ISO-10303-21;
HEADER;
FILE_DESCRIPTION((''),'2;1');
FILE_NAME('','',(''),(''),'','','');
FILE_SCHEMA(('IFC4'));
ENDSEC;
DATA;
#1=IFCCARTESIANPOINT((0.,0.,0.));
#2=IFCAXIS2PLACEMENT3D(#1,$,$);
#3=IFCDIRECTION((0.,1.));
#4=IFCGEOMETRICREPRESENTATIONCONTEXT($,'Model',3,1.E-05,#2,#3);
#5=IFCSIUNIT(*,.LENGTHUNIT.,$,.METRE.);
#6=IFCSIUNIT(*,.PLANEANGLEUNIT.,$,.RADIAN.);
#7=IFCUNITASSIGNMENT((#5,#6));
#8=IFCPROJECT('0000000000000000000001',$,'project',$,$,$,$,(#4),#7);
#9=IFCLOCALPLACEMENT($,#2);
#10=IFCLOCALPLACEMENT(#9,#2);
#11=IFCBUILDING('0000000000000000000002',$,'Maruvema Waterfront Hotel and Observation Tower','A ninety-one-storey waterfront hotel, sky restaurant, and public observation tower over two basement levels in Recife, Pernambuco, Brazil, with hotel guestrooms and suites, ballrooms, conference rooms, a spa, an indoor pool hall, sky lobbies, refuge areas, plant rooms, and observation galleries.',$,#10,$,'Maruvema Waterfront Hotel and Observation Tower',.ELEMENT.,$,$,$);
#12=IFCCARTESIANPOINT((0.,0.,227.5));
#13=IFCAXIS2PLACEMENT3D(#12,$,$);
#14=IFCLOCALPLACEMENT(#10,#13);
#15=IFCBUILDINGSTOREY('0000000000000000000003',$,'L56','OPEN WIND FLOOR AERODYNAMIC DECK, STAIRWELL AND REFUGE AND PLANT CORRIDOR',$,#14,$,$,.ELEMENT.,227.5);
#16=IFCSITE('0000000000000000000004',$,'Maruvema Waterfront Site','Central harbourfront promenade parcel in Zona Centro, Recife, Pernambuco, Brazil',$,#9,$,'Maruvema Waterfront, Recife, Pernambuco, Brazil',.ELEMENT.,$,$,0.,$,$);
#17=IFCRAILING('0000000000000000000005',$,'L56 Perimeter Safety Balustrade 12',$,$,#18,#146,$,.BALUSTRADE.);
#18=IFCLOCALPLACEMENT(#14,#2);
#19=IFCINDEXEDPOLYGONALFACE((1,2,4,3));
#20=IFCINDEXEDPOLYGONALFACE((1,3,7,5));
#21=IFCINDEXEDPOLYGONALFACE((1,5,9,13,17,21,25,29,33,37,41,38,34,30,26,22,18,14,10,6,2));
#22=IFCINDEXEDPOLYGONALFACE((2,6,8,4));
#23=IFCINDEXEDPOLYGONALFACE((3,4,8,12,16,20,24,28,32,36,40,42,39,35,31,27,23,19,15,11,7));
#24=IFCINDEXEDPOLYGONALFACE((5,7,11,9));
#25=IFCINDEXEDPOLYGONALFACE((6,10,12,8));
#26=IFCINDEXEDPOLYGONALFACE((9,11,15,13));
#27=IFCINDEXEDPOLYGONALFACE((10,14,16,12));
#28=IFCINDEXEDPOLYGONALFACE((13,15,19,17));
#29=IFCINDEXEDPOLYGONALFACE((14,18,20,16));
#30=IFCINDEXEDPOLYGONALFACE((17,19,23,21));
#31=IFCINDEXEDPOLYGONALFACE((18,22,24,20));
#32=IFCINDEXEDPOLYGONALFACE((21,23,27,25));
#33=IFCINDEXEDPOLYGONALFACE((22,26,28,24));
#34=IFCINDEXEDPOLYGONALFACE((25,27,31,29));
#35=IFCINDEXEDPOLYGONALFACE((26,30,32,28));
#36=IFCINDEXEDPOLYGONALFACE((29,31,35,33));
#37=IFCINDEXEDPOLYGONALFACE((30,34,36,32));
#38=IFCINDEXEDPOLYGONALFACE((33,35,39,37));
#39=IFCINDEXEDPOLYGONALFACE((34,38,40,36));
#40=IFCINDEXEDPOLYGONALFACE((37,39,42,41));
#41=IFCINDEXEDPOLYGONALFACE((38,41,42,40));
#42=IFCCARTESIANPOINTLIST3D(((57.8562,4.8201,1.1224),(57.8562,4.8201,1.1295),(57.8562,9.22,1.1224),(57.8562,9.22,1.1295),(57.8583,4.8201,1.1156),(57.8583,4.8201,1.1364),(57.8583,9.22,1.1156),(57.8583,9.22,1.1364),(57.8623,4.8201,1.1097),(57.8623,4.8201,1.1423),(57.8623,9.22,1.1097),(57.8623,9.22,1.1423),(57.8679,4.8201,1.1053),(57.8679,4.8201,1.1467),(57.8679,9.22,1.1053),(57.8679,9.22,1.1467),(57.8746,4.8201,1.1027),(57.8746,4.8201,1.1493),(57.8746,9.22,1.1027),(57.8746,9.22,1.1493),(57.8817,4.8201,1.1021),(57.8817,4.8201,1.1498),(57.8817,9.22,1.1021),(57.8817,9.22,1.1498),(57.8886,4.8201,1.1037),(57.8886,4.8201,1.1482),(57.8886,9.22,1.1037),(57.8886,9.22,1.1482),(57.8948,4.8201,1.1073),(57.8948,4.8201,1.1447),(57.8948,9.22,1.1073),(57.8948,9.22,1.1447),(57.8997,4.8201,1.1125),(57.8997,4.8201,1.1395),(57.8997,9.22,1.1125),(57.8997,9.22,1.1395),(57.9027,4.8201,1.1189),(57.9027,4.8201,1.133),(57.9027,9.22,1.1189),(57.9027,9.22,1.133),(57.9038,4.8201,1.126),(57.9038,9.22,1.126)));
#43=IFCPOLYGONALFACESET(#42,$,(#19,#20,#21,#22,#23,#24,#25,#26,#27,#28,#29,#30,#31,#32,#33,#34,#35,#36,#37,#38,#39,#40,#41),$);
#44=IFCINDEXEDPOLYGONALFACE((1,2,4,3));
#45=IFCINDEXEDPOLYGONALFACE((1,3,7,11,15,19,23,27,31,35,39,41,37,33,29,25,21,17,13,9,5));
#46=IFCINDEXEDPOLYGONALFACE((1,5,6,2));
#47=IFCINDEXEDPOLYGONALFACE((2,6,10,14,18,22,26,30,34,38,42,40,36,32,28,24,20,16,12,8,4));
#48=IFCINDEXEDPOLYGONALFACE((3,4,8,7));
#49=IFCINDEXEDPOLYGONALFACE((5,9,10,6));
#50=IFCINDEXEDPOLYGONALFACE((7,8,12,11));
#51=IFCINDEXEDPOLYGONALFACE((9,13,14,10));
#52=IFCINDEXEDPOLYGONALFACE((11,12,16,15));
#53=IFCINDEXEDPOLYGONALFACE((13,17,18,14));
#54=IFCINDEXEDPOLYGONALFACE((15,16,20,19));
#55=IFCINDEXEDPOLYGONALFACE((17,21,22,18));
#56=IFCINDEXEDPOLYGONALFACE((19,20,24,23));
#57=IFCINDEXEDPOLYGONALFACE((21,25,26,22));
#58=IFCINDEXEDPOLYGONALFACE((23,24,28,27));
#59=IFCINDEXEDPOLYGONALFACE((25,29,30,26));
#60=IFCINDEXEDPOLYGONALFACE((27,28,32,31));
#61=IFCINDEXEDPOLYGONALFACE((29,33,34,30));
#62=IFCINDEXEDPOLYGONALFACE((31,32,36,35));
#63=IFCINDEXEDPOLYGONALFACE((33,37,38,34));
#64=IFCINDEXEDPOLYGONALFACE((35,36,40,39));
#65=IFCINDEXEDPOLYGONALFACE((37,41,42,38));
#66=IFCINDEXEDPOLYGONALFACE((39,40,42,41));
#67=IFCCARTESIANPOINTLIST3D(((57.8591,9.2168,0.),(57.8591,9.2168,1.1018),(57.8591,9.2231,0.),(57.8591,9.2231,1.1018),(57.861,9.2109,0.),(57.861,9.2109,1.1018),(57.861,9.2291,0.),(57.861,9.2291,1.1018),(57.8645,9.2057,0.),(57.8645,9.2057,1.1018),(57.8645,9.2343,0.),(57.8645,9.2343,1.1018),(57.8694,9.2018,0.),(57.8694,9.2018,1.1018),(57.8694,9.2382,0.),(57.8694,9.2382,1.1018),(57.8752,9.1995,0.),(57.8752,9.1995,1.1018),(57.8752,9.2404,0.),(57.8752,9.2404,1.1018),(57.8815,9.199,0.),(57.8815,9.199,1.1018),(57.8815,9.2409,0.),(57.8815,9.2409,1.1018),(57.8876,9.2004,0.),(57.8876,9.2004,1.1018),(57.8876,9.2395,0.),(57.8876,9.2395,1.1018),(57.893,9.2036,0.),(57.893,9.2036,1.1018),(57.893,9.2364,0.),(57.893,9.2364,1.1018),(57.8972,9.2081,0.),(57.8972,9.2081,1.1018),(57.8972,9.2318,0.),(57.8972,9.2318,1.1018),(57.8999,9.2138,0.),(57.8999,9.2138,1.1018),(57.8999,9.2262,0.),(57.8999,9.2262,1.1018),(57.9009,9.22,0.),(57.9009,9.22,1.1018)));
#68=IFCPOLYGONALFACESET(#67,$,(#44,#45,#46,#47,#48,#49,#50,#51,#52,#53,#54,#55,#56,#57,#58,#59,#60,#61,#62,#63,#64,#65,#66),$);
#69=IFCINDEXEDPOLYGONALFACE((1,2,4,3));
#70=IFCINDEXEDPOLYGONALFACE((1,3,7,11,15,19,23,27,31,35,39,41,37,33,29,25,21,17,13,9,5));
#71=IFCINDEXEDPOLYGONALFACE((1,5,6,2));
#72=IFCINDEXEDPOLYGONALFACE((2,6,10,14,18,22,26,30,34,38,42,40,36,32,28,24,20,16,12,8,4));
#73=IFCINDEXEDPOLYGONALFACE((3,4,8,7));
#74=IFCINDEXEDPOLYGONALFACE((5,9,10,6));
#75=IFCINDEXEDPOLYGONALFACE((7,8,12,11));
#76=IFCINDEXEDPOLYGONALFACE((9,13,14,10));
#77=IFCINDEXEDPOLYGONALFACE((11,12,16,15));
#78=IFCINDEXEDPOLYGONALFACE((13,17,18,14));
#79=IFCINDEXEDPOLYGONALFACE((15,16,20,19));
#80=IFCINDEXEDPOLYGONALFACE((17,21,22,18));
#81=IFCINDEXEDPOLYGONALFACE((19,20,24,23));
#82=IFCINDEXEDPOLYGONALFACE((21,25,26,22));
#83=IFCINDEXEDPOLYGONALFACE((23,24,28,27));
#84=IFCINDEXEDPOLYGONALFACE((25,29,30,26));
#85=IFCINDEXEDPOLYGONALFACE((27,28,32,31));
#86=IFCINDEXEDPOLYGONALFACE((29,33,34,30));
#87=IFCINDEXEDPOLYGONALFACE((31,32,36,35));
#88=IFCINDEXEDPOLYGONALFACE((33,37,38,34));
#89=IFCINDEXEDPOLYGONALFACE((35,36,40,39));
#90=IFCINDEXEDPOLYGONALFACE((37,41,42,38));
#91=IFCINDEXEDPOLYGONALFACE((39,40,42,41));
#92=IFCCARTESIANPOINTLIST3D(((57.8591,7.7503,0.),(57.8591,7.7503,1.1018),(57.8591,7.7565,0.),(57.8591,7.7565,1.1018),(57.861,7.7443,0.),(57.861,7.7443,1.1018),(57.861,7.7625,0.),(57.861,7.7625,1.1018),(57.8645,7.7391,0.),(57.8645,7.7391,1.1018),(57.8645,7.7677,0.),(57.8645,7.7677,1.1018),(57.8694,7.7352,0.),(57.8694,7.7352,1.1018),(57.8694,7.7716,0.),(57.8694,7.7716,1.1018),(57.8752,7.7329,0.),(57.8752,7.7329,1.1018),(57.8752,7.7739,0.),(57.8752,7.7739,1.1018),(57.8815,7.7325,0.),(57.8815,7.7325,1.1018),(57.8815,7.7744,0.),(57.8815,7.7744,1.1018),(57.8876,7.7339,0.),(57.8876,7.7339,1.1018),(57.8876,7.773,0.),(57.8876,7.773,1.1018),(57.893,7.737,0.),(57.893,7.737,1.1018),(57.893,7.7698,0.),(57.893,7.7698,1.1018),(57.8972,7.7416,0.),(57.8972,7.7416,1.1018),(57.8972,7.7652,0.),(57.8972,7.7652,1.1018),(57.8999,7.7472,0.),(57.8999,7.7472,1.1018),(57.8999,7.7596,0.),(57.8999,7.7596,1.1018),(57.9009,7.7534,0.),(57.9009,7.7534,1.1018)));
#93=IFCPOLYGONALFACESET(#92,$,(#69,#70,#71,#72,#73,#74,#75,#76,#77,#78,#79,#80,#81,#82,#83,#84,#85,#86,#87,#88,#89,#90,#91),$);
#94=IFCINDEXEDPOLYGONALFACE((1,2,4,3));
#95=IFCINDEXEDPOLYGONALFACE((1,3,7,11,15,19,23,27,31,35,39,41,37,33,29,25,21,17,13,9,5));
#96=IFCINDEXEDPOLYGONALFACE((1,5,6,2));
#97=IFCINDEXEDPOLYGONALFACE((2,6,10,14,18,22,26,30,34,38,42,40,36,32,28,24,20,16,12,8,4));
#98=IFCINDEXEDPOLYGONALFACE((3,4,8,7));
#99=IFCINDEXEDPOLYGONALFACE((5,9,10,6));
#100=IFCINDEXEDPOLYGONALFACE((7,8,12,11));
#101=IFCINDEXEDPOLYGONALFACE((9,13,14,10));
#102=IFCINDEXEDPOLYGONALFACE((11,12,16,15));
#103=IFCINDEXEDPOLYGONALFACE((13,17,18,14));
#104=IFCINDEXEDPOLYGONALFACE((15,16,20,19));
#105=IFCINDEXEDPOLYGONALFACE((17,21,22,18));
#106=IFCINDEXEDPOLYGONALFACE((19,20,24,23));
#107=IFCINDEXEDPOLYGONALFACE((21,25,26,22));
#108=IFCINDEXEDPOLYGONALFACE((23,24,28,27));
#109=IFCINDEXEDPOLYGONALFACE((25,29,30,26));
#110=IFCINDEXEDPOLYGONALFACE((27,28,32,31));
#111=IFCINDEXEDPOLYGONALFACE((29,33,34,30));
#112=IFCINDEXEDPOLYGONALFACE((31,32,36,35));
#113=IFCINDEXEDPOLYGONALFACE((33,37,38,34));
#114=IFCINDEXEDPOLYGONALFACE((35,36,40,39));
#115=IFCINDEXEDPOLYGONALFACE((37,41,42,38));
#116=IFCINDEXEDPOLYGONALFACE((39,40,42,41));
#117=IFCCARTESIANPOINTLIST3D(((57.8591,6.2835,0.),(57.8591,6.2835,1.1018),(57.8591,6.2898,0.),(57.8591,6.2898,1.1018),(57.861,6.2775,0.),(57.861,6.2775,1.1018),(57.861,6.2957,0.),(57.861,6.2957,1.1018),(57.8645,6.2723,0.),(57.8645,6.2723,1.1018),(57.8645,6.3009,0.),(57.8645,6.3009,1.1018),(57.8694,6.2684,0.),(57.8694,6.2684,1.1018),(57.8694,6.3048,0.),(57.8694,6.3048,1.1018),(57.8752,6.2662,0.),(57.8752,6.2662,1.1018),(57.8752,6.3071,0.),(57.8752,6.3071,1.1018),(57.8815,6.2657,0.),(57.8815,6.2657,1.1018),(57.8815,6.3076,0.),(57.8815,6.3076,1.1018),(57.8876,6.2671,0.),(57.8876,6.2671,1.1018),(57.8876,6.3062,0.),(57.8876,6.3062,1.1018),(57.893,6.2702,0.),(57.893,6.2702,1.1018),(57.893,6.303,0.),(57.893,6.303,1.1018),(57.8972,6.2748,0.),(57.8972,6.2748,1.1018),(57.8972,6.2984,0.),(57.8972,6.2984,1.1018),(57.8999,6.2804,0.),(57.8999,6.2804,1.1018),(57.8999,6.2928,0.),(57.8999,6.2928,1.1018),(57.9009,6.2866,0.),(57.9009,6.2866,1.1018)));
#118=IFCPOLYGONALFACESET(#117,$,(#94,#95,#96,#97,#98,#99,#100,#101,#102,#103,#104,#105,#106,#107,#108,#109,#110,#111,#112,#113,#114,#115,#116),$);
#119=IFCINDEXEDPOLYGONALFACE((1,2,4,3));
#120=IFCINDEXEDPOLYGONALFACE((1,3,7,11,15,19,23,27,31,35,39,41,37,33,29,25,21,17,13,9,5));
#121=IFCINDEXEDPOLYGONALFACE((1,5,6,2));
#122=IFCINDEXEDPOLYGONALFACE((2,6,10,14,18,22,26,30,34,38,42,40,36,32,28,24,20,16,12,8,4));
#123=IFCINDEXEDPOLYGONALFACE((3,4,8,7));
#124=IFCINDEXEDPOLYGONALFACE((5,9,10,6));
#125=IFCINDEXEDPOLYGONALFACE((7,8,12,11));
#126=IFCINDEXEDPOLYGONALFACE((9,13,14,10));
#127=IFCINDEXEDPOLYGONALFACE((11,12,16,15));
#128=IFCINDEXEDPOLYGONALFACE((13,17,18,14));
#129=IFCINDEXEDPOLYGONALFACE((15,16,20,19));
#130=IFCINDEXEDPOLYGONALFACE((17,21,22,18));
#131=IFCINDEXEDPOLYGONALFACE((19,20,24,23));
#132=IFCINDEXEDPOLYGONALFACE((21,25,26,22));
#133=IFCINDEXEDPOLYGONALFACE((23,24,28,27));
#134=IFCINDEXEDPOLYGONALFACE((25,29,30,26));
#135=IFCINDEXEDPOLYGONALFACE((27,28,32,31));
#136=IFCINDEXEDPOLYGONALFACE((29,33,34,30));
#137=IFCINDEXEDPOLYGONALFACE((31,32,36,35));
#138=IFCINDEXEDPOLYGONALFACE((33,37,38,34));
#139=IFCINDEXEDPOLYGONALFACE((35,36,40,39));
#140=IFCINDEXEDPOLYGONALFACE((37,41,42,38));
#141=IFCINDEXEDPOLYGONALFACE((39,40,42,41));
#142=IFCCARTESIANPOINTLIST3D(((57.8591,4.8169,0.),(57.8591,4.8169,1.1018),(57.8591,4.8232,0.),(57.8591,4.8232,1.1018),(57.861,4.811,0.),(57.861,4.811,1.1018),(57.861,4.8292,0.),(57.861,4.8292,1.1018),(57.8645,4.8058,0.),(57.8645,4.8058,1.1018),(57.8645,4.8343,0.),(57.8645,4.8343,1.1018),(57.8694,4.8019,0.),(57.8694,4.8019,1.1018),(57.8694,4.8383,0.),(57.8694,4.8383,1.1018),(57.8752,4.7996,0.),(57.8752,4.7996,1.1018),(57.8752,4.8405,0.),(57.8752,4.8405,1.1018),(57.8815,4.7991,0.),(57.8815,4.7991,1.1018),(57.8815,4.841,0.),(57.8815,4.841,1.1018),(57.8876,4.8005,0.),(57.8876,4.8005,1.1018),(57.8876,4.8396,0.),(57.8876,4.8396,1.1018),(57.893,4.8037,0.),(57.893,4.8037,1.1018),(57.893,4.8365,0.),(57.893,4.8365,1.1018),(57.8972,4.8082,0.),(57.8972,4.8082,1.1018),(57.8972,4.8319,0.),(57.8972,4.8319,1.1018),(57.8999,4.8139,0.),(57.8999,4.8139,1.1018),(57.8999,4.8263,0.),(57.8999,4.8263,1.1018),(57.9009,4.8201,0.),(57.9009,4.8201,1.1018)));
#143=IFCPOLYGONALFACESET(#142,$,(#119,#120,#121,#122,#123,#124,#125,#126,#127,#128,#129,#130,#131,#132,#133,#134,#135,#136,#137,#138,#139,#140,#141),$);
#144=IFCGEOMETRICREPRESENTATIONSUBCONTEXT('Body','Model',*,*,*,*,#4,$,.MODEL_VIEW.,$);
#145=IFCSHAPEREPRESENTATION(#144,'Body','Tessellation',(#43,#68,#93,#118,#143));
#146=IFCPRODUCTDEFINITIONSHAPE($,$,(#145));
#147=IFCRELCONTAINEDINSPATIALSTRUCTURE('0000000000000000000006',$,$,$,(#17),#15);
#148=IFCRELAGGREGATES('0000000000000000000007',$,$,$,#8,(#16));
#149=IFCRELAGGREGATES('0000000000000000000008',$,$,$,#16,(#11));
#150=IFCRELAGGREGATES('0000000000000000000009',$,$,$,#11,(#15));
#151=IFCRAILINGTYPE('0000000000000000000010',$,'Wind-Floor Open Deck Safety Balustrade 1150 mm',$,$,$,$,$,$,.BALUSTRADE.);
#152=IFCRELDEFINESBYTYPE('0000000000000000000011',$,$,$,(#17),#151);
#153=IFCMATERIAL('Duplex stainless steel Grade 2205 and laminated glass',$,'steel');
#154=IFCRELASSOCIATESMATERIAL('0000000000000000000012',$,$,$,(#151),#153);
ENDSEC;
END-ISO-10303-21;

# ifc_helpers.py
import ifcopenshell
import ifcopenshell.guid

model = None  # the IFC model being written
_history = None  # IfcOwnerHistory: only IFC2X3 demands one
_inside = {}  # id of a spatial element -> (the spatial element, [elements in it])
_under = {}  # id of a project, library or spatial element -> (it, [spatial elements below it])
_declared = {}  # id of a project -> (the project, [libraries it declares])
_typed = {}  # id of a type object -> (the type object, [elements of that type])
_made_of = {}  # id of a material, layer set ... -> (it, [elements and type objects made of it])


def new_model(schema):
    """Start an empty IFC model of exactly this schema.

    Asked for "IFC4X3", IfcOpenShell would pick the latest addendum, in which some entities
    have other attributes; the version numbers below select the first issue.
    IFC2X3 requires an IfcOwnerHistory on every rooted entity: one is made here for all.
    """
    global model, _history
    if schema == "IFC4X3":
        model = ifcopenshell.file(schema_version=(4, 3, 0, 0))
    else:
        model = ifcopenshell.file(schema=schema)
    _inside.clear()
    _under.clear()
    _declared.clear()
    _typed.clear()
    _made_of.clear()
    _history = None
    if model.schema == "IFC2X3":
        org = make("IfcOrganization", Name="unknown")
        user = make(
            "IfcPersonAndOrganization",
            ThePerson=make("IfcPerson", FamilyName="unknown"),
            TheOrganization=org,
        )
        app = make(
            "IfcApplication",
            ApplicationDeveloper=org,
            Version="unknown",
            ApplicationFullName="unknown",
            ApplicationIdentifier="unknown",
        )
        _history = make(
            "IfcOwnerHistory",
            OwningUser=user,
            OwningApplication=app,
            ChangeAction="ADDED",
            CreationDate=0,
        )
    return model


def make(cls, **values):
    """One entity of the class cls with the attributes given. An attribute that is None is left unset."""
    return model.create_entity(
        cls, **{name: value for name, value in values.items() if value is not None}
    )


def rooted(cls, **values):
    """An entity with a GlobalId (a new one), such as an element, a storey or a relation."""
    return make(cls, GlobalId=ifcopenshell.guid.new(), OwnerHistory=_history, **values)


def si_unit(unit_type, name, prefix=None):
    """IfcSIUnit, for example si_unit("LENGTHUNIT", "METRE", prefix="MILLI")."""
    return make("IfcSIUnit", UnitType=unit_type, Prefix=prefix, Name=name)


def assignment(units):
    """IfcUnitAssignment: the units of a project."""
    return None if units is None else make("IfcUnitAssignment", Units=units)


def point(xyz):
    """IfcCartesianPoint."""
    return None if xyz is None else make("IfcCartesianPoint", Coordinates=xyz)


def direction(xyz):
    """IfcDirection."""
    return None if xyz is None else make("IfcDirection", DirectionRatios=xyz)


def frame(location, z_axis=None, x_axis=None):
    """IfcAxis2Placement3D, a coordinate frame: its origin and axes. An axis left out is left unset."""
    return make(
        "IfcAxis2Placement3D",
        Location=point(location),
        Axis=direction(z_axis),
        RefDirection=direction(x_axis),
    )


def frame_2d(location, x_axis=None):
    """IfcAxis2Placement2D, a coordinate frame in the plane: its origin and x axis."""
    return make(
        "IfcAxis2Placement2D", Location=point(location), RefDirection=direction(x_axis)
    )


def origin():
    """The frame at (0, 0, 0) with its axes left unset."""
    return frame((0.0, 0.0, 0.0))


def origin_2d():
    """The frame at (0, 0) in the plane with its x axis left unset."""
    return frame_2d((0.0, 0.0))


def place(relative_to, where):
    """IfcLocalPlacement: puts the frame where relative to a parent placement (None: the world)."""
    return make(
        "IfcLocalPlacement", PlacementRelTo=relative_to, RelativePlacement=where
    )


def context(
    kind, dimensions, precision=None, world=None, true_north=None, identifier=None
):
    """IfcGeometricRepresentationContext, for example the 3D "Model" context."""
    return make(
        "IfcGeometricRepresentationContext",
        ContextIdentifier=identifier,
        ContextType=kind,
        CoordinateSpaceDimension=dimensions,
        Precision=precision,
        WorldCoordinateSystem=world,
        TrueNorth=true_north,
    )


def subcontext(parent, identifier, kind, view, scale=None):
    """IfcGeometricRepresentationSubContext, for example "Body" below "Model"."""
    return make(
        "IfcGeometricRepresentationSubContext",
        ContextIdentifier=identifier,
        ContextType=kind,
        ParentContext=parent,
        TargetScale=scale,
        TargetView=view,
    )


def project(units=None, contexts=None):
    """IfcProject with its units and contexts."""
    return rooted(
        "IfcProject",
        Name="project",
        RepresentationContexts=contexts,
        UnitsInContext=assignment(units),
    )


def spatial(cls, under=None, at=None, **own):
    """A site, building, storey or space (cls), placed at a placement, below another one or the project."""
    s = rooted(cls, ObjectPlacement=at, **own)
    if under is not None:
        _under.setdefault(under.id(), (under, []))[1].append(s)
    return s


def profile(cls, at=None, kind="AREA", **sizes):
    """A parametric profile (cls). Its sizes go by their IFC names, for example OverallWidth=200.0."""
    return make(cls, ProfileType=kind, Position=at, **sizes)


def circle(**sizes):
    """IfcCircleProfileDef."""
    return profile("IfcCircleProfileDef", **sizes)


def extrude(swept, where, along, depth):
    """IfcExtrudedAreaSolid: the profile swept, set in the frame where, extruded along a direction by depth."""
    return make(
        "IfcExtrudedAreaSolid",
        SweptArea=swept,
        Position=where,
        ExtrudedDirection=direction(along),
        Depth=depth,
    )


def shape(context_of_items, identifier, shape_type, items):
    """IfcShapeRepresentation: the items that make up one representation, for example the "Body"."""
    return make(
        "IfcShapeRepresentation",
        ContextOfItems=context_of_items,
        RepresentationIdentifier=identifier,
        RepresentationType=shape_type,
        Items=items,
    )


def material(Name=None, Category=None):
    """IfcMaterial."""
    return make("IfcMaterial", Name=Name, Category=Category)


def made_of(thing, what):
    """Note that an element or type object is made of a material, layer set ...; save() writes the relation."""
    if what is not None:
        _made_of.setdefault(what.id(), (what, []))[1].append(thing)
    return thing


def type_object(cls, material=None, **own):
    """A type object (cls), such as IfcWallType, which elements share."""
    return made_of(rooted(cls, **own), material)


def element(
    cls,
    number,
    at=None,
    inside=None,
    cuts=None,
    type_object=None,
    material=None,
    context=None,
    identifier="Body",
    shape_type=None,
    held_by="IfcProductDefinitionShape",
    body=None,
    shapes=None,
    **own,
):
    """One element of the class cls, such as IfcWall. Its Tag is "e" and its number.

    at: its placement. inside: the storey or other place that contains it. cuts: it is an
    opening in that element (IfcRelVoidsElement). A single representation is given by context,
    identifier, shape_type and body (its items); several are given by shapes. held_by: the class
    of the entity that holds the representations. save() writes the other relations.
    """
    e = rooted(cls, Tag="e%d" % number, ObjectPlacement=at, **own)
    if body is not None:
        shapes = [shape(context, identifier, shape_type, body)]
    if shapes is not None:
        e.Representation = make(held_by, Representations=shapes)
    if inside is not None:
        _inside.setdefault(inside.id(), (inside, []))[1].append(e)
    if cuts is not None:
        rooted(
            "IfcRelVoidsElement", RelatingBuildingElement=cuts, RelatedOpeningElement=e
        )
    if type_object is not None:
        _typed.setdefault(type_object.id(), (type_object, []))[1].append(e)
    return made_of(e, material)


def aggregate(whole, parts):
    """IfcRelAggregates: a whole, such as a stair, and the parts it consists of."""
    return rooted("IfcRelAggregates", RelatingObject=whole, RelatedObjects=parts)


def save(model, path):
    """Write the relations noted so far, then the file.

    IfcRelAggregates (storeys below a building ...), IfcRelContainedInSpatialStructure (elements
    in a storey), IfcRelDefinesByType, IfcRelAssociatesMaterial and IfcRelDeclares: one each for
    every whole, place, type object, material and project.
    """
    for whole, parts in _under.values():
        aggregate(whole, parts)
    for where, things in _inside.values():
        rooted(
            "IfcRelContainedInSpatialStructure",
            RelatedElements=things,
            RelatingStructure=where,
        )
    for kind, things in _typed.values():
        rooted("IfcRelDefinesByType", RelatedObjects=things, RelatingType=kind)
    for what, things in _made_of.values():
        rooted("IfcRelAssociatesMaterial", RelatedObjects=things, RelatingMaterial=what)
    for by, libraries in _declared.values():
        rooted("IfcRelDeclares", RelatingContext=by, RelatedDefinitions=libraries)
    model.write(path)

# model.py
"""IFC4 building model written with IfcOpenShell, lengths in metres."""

from ifc_helpers import new_model, si_unit, direction, frame, origin, origin_2d, place, context, subcontext, project, spatial, circle, extrude, material, type_object, element, save


model = new_model("IFC4")

# Units and contexts
model_context = context("Model", 3, precision=1e-05, world=origin(), true_north=direction((0.0, 1.0)))
body_context = subcontext(model_context, "Body", "Model", "MODEL_VIEW")
ifc_project = project(units=[si_unit("LENGTHUNIT", "METRE"), si_unit("PLANEANGLEUNIT", "RADIAN")], contexts=[model_context])

# Site, building, storey
site_placement = place(None, origin())
site = spatial("IfcSite", under=ifc_project, at=site_placement, Name="Maruvema Waterfront Site", Description="Central harbourfront promenade parcel in Zona Centro, Recife, Pernambuco, Brazil", LongName="Maruvema Waterfront, Recife, Pernambuco, Brazil", CompositionType="ELEMENT", RefElevation=0.0)
building_placement = place(site_placement, origin())
building = spatial("IfcBuilding", under=site, at=building_placement, Name="Maruvema Waterfront Hotel and Observation Tower", Description="A ninety-one-storey waterfront hotel, sky restaurant, and public observation tower over two basement levels in Recife, Pernambuco, Brazil, with hotel guestrooms and suites, ballrooms, conference rooms, a spa, an indoor pool hall, sky lobbies, refuge areas, plant rooms, and observation galleries.", LongName="Maruvema Waterfront Hotel and Observation Tower", CompositionType="ELEMENT")
storey_placement = place(building_placement, frame((0.0, 0.0, 227.5)))
storey = spatial("IfcBuildingStorey", under=building, at=storey_placement, Name="L56", Description="OPEN WIND FLOOR AERODYNAMIC DECK, STAIRWELL AND REFUGE AND PLANT CORRIDOR", CompositionType="ELEMENT", Elevation=227.5)

# Railing
ifc_material_1 = material(Name="Duplex stainless steel Grade 2205 and laminated glass", Category="steel")
railing_type = type_object("IfcRailingType", Name="Wind-Floor Open Deck Safety Balustrade 1150 mm", PredefinedType="BALUSTRADE", material=ifc_material_1)
railing_1_placement = place(storey_placement, frame((57.8799, 9.22, 0.0)))
element("IfcRailing", 1, at=railing_1_placement, inside=storey, type_object=railing_type, Name="L56 Perimeter Safety Balustrade 12", PredefinedType="BALUSTRADE", context=body_context, shape_type="SweptSolid", body=[
    extrude(circle(Radius=0.0239, at=origin_2d()), frame((0.0, 0.0, 1.126), z_axis=(0.0, -1.0, 0.0), x_axis=(1.0, 0.0, 0.0)), (0.0, 0.0, 1.0), 4.3999),
    extrude(circle(Radius=0.021, at=origin_2d()), origin(), (0.0, 0.0, 1.0), 1.1018),
    extrude(circle(Radius=0.021, at=origin_2d()), frame((0.0, -1.4666, 0.0)), (0.0, 0.0, 1.0), 1.1018),
    extrude(circle(Radius=0.021, at=origin_2d()), frame((0.0, -2.9333, 0.0)), (0.0, 0.0, 1.0), 1.1018),
    extrude(circle(Radius=0.021, at=origin_2d()), frame((0.0, -4.3999, 0.0)), (0.0, 0.0, 1.0), 1.1018),
])

save(model, "model.ifc")
